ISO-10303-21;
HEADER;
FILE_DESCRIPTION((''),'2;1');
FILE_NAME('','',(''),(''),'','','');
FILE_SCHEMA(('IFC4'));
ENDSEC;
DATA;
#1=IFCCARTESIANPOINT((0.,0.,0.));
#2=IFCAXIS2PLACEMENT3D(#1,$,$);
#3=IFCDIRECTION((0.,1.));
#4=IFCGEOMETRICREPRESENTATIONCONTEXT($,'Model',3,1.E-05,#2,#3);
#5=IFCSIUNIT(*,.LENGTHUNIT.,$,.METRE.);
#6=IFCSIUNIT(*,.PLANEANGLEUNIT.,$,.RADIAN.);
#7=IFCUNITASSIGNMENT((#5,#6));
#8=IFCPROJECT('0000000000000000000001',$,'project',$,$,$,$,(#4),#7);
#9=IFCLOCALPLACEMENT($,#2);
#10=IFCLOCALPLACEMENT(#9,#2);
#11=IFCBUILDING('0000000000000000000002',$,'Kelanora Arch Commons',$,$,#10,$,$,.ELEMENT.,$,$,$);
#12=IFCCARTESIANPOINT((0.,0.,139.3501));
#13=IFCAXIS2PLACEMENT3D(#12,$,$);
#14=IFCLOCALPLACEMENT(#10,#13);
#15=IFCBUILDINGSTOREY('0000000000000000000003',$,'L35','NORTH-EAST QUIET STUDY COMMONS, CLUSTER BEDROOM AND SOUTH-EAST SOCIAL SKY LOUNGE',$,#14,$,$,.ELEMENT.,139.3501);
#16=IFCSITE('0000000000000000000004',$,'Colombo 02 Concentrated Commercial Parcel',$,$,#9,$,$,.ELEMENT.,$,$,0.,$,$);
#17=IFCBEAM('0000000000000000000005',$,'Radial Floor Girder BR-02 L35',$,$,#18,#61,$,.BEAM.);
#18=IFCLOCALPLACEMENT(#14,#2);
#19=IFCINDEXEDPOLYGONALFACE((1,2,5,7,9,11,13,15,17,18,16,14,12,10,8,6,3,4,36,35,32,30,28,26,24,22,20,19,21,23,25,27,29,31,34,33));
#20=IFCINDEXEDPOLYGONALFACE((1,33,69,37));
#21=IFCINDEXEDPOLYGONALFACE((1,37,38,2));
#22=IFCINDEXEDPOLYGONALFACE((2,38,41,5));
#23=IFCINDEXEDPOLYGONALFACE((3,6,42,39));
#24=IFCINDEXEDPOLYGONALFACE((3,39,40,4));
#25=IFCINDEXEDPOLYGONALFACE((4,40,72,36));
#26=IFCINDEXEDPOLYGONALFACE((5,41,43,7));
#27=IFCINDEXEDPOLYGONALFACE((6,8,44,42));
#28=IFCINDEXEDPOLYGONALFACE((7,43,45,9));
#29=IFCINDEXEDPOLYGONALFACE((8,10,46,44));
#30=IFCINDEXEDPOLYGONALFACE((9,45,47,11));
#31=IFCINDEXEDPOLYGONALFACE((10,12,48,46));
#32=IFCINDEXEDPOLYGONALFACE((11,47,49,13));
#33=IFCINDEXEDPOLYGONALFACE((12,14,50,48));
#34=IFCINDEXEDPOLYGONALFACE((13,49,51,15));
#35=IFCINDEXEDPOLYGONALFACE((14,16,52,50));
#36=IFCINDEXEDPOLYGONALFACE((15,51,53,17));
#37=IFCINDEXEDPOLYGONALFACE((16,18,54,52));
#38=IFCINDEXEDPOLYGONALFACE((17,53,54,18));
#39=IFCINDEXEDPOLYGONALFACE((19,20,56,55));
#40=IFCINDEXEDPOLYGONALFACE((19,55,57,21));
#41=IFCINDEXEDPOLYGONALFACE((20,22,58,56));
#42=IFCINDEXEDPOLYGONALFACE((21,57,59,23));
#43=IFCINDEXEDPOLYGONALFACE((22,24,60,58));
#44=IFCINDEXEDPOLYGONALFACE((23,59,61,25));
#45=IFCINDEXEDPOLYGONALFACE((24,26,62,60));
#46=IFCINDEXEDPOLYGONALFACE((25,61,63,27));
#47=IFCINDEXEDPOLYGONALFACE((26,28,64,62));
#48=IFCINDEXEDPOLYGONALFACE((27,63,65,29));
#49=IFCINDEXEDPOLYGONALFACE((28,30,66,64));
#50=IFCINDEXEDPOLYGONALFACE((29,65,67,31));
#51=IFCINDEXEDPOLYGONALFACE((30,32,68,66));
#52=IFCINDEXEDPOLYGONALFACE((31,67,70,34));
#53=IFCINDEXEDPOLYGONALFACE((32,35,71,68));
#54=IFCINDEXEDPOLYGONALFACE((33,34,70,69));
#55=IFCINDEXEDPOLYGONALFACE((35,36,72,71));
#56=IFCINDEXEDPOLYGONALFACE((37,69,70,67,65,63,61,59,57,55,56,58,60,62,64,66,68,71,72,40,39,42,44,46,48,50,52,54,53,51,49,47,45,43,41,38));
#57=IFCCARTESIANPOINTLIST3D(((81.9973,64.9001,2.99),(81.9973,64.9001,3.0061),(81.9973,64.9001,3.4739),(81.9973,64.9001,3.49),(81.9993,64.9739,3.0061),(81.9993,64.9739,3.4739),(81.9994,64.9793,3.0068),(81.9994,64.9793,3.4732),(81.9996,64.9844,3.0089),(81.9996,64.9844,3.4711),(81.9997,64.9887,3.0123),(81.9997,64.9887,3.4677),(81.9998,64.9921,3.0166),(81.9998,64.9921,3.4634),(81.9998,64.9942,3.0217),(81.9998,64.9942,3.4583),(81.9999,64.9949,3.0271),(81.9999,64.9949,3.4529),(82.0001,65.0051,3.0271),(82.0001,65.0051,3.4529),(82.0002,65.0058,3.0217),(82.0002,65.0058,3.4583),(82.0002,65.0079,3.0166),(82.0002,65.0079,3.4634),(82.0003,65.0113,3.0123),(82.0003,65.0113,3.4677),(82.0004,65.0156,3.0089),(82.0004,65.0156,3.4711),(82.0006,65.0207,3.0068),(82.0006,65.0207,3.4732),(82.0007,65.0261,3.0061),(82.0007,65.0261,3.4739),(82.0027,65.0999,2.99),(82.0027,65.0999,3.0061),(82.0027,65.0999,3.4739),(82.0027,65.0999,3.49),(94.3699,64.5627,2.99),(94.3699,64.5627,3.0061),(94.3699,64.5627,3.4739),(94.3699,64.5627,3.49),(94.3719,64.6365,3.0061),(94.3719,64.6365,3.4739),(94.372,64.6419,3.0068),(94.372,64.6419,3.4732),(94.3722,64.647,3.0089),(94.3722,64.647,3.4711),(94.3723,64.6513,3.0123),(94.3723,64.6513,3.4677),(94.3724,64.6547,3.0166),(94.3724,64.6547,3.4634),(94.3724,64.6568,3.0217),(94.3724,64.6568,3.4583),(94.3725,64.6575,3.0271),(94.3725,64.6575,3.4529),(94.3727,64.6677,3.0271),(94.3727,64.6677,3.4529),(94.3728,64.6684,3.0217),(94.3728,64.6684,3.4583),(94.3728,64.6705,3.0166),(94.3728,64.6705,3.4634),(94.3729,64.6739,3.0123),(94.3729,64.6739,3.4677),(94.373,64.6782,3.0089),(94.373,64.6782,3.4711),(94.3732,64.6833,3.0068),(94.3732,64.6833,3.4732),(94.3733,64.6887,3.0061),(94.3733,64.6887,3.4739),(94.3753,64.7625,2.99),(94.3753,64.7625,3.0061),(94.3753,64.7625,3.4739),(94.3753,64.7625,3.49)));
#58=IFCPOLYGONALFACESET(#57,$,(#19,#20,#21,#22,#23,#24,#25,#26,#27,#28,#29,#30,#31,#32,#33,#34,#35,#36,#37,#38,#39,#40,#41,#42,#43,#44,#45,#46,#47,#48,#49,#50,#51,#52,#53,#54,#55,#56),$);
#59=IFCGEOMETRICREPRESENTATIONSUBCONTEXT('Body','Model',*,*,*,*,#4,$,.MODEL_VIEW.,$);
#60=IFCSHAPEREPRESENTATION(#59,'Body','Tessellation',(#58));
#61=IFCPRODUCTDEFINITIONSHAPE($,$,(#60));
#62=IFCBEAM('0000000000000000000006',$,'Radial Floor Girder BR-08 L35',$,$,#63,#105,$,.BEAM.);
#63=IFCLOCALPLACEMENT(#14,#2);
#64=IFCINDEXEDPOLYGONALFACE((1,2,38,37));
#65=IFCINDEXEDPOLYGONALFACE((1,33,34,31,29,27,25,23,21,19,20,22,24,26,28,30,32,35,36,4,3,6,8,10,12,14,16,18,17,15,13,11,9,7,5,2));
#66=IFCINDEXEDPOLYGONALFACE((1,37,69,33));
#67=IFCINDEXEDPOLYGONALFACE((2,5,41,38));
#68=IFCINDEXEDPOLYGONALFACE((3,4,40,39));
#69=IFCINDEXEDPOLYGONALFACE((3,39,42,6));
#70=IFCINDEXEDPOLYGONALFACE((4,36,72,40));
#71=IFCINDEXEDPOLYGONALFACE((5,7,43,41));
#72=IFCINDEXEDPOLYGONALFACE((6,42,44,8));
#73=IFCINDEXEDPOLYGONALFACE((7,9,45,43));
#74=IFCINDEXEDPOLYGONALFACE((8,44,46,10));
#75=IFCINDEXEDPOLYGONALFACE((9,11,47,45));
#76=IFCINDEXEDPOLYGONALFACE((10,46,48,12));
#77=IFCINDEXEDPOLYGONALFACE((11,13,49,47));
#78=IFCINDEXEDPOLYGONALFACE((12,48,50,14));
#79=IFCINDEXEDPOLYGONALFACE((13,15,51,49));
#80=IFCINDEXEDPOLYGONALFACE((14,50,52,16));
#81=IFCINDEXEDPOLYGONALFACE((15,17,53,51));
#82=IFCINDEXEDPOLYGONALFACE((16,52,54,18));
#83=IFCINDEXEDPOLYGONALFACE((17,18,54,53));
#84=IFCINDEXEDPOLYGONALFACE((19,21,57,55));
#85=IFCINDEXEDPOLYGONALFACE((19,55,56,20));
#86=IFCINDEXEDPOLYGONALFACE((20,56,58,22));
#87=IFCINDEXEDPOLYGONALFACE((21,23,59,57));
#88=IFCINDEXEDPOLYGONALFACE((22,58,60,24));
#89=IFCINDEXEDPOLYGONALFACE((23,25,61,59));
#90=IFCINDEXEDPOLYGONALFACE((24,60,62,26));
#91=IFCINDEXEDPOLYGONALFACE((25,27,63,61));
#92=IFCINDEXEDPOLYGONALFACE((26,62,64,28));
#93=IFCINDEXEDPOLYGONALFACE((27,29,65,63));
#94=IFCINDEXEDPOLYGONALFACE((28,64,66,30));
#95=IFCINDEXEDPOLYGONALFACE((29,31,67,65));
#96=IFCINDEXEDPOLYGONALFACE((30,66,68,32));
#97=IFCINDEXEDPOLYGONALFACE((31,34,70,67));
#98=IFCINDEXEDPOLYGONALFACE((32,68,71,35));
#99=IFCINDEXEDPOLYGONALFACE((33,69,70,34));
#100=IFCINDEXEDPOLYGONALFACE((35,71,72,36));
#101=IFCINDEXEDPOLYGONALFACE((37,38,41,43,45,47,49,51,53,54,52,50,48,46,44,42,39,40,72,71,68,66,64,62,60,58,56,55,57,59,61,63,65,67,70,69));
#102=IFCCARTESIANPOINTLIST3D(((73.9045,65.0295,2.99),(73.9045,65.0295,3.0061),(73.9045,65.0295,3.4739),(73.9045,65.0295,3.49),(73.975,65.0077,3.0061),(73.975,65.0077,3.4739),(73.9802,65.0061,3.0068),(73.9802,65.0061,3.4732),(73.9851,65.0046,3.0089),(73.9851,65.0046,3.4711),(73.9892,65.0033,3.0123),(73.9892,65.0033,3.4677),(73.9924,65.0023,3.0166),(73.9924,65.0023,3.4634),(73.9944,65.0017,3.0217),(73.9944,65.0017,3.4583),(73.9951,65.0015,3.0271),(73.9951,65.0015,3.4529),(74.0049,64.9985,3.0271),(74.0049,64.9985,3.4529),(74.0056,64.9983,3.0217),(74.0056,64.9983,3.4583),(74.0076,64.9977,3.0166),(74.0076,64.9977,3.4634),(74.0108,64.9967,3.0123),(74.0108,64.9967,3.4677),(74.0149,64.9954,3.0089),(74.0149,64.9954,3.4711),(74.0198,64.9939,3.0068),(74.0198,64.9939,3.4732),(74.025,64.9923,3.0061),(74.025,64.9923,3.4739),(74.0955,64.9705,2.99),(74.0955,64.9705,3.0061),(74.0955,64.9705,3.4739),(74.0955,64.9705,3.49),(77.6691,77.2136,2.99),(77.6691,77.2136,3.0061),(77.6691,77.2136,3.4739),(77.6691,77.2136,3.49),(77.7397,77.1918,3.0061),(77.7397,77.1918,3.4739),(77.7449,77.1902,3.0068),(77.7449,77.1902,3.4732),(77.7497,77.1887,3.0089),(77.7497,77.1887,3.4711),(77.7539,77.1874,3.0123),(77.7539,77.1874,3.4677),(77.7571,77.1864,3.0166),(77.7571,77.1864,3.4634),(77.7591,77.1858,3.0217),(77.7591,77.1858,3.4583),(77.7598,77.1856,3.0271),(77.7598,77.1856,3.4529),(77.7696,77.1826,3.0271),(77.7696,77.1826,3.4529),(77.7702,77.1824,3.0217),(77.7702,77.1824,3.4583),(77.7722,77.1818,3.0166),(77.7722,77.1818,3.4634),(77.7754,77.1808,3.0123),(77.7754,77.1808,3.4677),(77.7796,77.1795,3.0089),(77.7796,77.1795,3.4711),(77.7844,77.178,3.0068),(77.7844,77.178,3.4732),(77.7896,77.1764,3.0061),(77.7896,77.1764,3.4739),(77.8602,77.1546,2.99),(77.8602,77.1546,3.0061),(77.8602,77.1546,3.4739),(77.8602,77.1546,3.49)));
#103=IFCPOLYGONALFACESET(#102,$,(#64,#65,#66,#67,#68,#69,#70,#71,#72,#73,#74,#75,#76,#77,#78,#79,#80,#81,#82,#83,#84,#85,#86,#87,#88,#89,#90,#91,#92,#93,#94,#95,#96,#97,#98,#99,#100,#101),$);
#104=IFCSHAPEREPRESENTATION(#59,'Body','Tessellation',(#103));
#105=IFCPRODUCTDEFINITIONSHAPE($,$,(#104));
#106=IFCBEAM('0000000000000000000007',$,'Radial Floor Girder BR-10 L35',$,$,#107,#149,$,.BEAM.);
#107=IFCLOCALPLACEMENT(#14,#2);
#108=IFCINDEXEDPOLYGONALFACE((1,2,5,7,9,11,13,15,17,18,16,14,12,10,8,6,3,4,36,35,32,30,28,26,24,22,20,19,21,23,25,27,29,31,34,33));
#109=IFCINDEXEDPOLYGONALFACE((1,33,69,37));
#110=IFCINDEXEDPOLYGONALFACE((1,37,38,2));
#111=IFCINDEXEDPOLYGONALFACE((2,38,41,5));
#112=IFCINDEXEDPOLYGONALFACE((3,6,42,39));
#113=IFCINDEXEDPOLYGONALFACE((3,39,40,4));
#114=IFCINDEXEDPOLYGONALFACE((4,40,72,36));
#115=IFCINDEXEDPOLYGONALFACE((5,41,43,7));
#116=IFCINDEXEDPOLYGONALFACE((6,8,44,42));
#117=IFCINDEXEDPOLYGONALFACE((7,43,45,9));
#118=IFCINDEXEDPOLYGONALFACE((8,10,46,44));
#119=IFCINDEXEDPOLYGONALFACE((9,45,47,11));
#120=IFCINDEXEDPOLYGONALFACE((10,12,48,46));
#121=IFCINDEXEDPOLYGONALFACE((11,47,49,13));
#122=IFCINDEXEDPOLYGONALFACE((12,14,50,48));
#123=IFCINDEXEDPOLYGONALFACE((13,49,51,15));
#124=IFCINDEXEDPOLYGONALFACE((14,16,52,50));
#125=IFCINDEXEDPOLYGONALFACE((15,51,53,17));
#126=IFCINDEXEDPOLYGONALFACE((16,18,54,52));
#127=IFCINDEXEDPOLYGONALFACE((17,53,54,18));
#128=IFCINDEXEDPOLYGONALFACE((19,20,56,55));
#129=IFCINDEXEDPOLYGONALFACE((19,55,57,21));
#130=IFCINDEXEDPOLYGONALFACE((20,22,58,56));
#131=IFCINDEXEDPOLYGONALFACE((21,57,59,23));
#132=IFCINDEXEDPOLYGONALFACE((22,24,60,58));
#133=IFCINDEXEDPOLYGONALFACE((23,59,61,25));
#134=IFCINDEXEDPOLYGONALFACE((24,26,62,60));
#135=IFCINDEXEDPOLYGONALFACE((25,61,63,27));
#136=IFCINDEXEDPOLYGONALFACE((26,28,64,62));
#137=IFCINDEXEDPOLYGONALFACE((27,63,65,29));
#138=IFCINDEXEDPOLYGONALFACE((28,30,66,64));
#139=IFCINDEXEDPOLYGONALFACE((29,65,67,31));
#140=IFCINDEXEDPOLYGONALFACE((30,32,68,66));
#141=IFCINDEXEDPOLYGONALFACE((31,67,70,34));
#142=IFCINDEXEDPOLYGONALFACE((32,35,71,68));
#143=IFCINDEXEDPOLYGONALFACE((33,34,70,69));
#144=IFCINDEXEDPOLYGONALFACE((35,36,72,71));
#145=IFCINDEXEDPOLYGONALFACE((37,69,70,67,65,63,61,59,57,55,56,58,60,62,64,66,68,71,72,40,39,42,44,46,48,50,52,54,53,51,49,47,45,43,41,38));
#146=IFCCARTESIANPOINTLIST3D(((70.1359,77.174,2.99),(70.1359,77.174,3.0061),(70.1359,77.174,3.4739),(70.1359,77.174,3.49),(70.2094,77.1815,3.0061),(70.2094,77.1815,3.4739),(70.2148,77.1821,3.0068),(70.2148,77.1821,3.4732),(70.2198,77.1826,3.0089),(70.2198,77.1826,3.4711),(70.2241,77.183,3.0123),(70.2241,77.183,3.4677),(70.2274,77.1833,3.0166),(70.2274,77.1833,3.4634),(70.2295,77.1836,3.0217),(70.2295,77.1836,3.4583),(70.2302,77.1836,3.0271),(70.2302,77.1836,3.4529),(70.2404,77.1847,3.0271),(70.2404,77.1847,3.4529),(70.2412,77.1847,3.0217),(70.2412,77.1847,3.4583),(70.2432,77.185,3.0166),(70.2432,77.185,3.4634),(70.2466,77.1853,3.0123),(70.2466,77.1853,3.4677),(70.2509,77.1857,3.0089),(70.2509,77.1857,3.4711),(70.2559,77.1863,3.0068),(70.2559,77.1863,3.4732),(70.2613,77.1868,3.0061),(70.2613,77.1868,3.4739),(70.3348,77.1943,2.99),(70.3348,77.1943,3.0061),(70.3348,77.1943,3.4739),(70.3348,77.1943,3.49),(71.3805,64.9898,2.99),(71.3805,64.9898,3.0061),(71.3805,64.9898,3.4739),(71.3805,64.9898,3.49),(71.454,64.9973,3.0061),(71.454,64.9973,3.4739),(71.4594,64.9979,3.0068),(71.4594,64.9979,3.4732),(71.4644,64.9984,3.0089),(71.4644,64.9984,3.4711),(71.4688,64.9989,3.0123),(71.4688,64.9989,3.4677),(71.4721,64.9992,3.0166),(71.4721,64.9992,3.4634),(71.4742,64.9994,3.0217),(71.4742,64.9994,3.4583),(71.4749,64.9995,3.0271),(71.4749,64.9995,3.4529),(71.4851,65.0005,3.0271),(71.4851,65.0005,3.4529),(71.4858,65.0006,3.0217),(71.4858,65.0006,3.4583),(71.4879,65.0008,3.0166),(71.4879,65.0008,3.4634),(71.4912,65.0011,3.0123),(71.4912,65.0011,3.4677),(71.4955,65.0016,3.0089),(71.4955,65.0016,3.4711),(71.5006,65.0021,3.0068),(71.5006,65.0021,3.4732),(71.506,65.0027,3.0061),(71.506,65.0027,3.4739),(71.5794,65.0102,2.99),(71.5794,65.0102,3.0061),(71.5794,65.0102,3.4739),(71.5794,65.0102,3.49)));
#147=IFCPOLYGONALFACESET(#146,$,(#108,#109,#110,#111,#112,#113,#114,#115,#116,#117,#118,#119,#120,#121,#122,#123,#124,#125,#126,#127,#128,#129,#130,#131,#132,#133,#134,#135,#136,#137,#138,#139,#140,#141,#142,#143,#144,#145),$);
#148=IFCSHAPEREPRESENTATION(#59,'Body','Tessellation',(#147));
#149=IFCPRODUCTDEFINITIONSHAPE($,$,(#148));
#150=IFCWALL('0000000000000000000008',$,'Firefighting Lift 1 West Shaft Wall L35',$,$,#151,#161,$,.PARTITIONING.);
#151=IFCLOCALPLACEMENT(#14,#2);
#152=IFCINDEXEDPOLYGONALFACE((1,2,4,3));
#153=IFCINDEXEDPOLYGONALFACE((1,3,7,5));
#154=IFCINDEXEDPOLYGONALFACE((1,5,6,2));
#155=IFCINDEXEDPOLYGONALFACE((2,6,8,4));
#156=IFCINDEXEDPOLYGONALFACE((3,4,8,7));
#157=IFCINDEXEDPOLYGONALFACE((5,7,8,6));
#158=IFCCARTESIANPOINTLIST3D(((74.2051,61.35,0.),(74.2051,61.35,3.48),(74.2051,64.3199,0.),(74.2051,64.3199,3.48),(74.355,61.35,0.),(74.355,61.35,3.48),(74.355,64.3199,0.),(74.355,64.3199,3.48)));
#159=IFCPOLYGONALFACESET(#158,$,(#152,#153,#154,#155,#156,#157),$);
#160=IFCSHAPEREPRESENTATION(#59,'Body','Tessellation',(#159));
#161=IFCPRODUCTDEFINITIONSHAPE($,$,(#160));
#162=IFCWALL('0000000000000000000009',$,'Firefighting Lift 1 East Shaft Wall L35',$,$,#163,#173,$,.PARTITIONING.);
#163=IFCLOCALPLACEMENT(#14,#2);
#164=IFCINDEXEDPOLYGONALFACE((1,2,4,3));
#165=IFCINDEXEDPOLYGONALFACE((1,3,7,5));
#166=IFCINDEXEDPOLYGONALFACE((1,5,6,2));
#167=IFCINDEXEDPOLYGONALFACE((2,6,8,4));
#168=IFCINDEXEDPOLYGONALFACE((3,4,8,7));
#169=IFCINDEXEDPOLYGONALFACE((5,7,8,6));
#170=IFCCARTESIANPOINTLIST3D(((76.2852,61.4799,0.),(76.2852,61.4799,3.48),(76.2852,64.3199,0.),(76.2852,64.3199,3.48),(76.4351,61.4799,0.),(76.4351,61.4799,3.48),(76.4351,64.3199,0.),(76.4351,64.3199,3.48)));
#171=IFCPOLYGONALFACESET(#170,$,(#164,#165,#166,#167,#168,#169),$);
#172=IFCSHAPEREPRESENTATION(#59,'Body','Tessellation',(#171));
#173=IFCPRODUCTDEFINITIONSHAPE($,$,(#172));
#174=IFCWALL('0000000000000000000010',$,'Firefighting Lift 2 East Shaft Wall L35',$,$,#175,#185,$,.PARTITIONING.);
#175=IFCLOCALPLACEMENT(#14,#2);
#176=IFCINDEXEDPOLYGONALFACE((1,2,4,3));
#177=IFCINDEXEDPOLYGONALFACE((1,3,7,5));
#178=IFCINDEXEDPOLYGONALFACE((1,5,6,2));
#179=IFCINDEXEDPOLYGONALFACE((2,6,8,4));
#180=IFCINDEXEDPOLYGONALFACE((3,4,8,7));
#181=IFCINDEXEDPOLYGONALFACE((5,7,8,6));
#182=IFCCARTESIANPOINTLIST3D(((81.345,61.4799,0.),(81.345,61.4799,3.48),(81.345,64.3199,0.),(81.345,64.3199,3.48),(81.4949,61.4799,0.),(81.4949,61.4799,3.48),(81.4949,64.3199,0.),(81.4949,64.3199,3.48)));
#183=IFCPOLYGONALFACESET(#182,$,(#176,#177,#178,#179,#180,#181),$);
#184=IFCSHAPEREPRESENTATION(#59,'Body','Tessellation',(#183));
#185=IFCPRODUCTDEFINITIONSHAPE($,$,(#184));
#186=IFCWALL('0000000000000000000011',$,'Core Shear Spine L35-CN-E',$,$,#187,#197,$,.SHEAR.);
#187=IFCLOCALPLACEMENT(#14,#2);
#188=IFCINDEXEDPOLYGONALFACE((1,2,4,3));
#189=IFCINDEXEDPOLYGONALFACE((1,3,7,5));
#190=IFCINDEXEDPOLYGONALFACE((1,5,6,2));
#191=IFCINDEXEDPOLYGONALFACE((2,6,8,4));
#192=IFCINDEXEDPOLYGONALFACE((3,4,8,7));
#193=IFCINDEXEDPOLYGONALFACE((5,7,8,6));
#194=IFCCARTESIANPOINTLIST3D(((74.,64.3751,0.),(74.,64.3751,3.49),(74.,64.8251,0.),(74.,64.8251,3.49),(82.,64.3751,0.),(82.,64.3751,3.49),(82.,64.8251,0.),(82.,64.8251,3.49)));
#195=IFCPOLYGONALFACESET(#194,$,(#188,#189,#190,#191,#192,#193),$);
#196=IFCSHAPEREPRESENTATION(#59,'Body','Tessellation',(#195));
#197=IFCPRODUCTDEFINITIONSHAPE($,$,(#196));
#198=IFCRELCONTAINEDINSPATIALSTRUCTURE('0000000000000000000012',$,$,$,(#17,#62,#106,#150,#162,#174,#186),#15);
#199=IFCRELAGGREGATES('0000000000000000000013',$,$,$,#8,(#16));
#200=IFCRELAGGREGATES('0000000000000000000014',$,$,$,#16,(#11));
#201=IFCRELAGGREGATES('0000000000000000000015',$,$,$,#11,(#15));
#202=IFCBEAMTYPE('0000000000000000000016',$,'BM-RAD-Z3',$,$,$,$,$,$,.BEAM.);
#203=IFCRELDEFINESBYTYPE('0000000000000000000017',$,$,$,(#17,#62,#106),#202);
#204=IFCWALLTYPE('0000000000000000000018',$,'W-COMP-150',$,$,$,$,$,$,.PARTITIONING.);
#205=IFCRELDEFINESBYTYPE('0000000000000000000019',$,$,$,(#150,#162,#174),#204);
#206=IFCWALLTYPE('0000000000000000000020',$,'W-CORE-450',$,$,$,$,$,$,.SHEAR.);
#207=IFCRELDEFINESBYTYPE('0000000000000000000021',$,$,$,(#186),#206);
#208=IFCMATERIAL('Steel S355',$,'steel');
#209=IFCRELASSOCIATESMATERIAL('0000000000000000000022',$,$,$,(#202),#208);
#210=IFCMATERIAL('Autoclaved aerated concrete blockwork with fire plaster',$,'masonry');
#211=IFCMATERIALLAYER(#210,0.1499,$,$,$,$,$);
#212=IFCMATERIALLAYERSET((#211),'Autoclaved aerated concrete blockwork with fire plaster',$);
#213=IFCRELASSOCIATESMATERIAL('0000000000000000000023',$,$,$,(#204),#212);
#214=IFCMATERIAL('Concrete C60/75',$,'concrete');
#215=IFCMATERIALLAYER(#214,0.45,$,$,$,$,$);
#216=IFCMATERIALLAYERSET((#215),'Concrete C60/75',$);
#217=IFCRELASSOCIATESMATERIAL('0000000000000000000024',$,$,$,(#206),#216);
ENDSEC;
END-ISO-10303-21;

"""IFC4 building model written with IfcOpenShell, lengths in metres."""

from ifc_helpers import new_model, si_unit, direction, frame, frame_2d, origin, origin_2d, place, context, subcontext, project, spatial, rectangle, i_section, extrude, material, layer, layer_set, material_profile, profile_set, type_object, element, save


model = new_model("IFC4")

# Units and contexts
model_context = context("Model", 3, precision=1e-05, world=origin(), true_north=direction((0.0, 1.0)))
body_context = subcontext(model_context, "Body", "Model", "MODEL_VIEW")
ifc_project = project(units=[si_unit("LENGTHUNIT", "METRE"), si_unit("PLANEANGLEUNIT", "RADIAN")], contexts=[model_context])

# Site, building, storey
site_placement = place(None, origin())
site = spatial("IfcSite", under=ifc_project, at=site_placement, Name="Colombo 02 Concentrated Commercial Parcel", CompositionType="ELEMENT", RefElevation=0.0)
building_placement = place(site_placement, origin())
building = spatial("IfcBuilding", under=site, at=building_placement, Name="Kelanora Arch Commons", CompositionType="ELEMENT")
storey_placement = place(building_placement, frame((0.0, 0.0, 139.3501)))
storey = spatial("IfcBuildingStorey", under=building, at=storey_placement, Name="L35", Description="NORTH-EAST QUIET STUDY COMMONS, CLUSTER BEDROOM AND SOUTH-EAST SOCIAL SKY LOUNGE", CompositionType="ELEMENT", Elevation=139.3501)

# Shared definitions
ifc_material_1 = material(Name="Concrete C60/75", Category="concrete")

# Beams
ifc_material_2 = material(Name="Steel S355", Category="steel")
ifc_material_profile_1 = material_profile(ifc_material_2, i_section(OverallWidth=0.2, OverallDepth=0.5, WebThickness=0.0103, FlangeThickness=0.0161, FilletRadius=0.021, at=origin_2d()), Name="IPE500")
ifc_profile_set_1 = profile_set([ifc_material_profile_1], Name="Steel S355")
beam_type_1 = type_object("IfcBeamType", Name="BM-RAD-Z3", PredefinedType="BEAM", material=ifc_profile_set_1)
beam_1_placement = place(storey_placement, frame((82.0, 65.0, 3.24), z_axis=(0.999628, -0.02726, 0.0), x_axis=(0.02726, 0.999628, 0.0)))
element("IfcBeam", 1, at=beam_1_placement, inside=storey, type_object=beam_type_1, Name="Radial Floor Girder BR-02 L35", PredefinedType="BEAM", context=body_context, shape_type="SweptSolid", body=[
    extrude(i_section(OverallWidth=0.2, OverallDepth=0.5, WebThickness=0.0103, FlangeThickness=0.0161, FilletRadius=0.021, at=origin_2d()), origin(), (0.0, 0.0, 1.0), 12.3772),
])
beam_2_placement = place(storey_placement, frame((74.0, 65.0, 3.24), z_axis=(0.29521, 0.955432, 0.0), x_axis=(-0.955432, 0.29521, 0.0)))
element("IfcBeam", 2, at=beam_2_placement, inside=storey, type_object=beam_type_1, Name="Radial Floor Girder BR-08 L35", PredefinedType="BEAM", context=body_context, shape_type="SweptSolid", body=[
    extrude(i_section(OverallWidth=0.2, OverallDepth=0.5, WebThickness=0.0103, FlangeThickness=0.0161, FilletRadius=0.021, at=origin_2d()), origin(), (0.0, 0.0, 1.0), 12.7524),
])
beam_3_placement = place(storey_placement, frame((71.48, 65.0, 3.24), z_axis=(-0.101623, 0.994823, 0.0), x_axis=(-0.994823, -0.101623, 0.0)))
element("IfcBeam", 3, at=beam_3_placement, inside=storey, type_object=beam_type_1, Name="Radial Floor Girder BR-10 L35", PredefinedType="BEAM", context=body_context, shape_type="SweptSolid", body=[
    extrude(i_section(OverallWidth=0.2, OverallDepth=0.5, WebThickness=0.0103, FlangeThickness=0.0161, FilletRadius=0.021, at=origin_2d()), origin(), (0.0, 0.0, 1.0), 12.2476),
])

# Walls
ifc_material_3 = material(Name="Autoclaved aerated concrete blockwork with fire plaster", Category="masonry")
ifc_layer_1 = layer(ifc_material_3, 0.1499)
ifc_layer_set_1 = layer_set([ifc_layer_1], Name="Autoclaved aerated concrete blockwork with fire plaster")
wall_type_1 = type_object("IfcWallType", Name="W-COMP-150", PredefinedType="PARTITIONING", material=ifc_layer_set_1)
wall_1_placement = place(storey_placement, frame((74.28, 61.3501, 0.0), z_axis=(0.0, 0.0, 1.0), x_axis=(0.0, 1.0, 0.0)))
element("IfcWall", 4, at=wall_1_placement, inside=storey, type_object=wall_type_1, Name="Firefighting Lift 1 West Shaft Wall L35", PredefinedType="PARTITIONING", context=body_context, shape_type="SweptSolid", body=[
    extrude(rectangle(XDim=2.97, YDim=0.1499, at=frame_2d((1.4849, 0.0))), origin(), (0.0, 0.0, 1.0), 3.48),
])
for number, where, z_axis, x_axis, name in (
    (5, (76.3601, 61.48, 0.0), (0.0, 0.0, 1.0), (0.0, 1.0, 0.0), "Firefighting Lift 1 East Shaft Wall L35"),
    (6, (81.4199, 61.48, 0.0), (0.0, 0.0, 1.0), (0.0, 1.0, 0.0), "Firefighting Lift 2 East Shaft Wall L35"),
):
    element("IfcWall", number, at=place(storey_placement, frame(where, z_axis=z_axis, x_axis=x_axis)), inside=storey, type_object=wall_type_1, Name=name, PredefinedType="PARTITIONING", context=body_context, shape_type="SweptSolid", body=[
        extrude(rectangle(XDim=2.8401, YDim=0.1499, at=frame_2d((1.4199, 0.0))), origin(), (0.0, 0.0, 1.0), 3.48),
    ])
ifc_layer_2 = layer(ifc_material_1, 0.45)
ifc_layer_set_2 = layer_set([ifc_layer_2], Name="Concrete C60/75")
wall_type_2 = type_object("IfcWallType", Name="W-CORE-450", PredefinedType="SHEAR", material=ifc_layer_set_2)
wall_2_placement = place(storey_placement, frame((74.0, 64.6001, 0.0), z_axis=(0.0, 0.0, 1.0), x_axis=(1.0, 0.0, 0.0)))
element("IfcWall", 7, at=wall_2_placement, inside=storey, type_object=wall_type_2, Name="Core Shear Spine L35-CN-E", PredefinedType="SHEAR", context=body_context, shape_type="SweptSolid", body=[
    extrude(rectangle(XDim=8.0, YDim=0.45, at=frame_2d((4.0, 0.0))), origin(), (0.0, 0.0, 1.0), 3.49),
])

save(model, "model.ifc")
